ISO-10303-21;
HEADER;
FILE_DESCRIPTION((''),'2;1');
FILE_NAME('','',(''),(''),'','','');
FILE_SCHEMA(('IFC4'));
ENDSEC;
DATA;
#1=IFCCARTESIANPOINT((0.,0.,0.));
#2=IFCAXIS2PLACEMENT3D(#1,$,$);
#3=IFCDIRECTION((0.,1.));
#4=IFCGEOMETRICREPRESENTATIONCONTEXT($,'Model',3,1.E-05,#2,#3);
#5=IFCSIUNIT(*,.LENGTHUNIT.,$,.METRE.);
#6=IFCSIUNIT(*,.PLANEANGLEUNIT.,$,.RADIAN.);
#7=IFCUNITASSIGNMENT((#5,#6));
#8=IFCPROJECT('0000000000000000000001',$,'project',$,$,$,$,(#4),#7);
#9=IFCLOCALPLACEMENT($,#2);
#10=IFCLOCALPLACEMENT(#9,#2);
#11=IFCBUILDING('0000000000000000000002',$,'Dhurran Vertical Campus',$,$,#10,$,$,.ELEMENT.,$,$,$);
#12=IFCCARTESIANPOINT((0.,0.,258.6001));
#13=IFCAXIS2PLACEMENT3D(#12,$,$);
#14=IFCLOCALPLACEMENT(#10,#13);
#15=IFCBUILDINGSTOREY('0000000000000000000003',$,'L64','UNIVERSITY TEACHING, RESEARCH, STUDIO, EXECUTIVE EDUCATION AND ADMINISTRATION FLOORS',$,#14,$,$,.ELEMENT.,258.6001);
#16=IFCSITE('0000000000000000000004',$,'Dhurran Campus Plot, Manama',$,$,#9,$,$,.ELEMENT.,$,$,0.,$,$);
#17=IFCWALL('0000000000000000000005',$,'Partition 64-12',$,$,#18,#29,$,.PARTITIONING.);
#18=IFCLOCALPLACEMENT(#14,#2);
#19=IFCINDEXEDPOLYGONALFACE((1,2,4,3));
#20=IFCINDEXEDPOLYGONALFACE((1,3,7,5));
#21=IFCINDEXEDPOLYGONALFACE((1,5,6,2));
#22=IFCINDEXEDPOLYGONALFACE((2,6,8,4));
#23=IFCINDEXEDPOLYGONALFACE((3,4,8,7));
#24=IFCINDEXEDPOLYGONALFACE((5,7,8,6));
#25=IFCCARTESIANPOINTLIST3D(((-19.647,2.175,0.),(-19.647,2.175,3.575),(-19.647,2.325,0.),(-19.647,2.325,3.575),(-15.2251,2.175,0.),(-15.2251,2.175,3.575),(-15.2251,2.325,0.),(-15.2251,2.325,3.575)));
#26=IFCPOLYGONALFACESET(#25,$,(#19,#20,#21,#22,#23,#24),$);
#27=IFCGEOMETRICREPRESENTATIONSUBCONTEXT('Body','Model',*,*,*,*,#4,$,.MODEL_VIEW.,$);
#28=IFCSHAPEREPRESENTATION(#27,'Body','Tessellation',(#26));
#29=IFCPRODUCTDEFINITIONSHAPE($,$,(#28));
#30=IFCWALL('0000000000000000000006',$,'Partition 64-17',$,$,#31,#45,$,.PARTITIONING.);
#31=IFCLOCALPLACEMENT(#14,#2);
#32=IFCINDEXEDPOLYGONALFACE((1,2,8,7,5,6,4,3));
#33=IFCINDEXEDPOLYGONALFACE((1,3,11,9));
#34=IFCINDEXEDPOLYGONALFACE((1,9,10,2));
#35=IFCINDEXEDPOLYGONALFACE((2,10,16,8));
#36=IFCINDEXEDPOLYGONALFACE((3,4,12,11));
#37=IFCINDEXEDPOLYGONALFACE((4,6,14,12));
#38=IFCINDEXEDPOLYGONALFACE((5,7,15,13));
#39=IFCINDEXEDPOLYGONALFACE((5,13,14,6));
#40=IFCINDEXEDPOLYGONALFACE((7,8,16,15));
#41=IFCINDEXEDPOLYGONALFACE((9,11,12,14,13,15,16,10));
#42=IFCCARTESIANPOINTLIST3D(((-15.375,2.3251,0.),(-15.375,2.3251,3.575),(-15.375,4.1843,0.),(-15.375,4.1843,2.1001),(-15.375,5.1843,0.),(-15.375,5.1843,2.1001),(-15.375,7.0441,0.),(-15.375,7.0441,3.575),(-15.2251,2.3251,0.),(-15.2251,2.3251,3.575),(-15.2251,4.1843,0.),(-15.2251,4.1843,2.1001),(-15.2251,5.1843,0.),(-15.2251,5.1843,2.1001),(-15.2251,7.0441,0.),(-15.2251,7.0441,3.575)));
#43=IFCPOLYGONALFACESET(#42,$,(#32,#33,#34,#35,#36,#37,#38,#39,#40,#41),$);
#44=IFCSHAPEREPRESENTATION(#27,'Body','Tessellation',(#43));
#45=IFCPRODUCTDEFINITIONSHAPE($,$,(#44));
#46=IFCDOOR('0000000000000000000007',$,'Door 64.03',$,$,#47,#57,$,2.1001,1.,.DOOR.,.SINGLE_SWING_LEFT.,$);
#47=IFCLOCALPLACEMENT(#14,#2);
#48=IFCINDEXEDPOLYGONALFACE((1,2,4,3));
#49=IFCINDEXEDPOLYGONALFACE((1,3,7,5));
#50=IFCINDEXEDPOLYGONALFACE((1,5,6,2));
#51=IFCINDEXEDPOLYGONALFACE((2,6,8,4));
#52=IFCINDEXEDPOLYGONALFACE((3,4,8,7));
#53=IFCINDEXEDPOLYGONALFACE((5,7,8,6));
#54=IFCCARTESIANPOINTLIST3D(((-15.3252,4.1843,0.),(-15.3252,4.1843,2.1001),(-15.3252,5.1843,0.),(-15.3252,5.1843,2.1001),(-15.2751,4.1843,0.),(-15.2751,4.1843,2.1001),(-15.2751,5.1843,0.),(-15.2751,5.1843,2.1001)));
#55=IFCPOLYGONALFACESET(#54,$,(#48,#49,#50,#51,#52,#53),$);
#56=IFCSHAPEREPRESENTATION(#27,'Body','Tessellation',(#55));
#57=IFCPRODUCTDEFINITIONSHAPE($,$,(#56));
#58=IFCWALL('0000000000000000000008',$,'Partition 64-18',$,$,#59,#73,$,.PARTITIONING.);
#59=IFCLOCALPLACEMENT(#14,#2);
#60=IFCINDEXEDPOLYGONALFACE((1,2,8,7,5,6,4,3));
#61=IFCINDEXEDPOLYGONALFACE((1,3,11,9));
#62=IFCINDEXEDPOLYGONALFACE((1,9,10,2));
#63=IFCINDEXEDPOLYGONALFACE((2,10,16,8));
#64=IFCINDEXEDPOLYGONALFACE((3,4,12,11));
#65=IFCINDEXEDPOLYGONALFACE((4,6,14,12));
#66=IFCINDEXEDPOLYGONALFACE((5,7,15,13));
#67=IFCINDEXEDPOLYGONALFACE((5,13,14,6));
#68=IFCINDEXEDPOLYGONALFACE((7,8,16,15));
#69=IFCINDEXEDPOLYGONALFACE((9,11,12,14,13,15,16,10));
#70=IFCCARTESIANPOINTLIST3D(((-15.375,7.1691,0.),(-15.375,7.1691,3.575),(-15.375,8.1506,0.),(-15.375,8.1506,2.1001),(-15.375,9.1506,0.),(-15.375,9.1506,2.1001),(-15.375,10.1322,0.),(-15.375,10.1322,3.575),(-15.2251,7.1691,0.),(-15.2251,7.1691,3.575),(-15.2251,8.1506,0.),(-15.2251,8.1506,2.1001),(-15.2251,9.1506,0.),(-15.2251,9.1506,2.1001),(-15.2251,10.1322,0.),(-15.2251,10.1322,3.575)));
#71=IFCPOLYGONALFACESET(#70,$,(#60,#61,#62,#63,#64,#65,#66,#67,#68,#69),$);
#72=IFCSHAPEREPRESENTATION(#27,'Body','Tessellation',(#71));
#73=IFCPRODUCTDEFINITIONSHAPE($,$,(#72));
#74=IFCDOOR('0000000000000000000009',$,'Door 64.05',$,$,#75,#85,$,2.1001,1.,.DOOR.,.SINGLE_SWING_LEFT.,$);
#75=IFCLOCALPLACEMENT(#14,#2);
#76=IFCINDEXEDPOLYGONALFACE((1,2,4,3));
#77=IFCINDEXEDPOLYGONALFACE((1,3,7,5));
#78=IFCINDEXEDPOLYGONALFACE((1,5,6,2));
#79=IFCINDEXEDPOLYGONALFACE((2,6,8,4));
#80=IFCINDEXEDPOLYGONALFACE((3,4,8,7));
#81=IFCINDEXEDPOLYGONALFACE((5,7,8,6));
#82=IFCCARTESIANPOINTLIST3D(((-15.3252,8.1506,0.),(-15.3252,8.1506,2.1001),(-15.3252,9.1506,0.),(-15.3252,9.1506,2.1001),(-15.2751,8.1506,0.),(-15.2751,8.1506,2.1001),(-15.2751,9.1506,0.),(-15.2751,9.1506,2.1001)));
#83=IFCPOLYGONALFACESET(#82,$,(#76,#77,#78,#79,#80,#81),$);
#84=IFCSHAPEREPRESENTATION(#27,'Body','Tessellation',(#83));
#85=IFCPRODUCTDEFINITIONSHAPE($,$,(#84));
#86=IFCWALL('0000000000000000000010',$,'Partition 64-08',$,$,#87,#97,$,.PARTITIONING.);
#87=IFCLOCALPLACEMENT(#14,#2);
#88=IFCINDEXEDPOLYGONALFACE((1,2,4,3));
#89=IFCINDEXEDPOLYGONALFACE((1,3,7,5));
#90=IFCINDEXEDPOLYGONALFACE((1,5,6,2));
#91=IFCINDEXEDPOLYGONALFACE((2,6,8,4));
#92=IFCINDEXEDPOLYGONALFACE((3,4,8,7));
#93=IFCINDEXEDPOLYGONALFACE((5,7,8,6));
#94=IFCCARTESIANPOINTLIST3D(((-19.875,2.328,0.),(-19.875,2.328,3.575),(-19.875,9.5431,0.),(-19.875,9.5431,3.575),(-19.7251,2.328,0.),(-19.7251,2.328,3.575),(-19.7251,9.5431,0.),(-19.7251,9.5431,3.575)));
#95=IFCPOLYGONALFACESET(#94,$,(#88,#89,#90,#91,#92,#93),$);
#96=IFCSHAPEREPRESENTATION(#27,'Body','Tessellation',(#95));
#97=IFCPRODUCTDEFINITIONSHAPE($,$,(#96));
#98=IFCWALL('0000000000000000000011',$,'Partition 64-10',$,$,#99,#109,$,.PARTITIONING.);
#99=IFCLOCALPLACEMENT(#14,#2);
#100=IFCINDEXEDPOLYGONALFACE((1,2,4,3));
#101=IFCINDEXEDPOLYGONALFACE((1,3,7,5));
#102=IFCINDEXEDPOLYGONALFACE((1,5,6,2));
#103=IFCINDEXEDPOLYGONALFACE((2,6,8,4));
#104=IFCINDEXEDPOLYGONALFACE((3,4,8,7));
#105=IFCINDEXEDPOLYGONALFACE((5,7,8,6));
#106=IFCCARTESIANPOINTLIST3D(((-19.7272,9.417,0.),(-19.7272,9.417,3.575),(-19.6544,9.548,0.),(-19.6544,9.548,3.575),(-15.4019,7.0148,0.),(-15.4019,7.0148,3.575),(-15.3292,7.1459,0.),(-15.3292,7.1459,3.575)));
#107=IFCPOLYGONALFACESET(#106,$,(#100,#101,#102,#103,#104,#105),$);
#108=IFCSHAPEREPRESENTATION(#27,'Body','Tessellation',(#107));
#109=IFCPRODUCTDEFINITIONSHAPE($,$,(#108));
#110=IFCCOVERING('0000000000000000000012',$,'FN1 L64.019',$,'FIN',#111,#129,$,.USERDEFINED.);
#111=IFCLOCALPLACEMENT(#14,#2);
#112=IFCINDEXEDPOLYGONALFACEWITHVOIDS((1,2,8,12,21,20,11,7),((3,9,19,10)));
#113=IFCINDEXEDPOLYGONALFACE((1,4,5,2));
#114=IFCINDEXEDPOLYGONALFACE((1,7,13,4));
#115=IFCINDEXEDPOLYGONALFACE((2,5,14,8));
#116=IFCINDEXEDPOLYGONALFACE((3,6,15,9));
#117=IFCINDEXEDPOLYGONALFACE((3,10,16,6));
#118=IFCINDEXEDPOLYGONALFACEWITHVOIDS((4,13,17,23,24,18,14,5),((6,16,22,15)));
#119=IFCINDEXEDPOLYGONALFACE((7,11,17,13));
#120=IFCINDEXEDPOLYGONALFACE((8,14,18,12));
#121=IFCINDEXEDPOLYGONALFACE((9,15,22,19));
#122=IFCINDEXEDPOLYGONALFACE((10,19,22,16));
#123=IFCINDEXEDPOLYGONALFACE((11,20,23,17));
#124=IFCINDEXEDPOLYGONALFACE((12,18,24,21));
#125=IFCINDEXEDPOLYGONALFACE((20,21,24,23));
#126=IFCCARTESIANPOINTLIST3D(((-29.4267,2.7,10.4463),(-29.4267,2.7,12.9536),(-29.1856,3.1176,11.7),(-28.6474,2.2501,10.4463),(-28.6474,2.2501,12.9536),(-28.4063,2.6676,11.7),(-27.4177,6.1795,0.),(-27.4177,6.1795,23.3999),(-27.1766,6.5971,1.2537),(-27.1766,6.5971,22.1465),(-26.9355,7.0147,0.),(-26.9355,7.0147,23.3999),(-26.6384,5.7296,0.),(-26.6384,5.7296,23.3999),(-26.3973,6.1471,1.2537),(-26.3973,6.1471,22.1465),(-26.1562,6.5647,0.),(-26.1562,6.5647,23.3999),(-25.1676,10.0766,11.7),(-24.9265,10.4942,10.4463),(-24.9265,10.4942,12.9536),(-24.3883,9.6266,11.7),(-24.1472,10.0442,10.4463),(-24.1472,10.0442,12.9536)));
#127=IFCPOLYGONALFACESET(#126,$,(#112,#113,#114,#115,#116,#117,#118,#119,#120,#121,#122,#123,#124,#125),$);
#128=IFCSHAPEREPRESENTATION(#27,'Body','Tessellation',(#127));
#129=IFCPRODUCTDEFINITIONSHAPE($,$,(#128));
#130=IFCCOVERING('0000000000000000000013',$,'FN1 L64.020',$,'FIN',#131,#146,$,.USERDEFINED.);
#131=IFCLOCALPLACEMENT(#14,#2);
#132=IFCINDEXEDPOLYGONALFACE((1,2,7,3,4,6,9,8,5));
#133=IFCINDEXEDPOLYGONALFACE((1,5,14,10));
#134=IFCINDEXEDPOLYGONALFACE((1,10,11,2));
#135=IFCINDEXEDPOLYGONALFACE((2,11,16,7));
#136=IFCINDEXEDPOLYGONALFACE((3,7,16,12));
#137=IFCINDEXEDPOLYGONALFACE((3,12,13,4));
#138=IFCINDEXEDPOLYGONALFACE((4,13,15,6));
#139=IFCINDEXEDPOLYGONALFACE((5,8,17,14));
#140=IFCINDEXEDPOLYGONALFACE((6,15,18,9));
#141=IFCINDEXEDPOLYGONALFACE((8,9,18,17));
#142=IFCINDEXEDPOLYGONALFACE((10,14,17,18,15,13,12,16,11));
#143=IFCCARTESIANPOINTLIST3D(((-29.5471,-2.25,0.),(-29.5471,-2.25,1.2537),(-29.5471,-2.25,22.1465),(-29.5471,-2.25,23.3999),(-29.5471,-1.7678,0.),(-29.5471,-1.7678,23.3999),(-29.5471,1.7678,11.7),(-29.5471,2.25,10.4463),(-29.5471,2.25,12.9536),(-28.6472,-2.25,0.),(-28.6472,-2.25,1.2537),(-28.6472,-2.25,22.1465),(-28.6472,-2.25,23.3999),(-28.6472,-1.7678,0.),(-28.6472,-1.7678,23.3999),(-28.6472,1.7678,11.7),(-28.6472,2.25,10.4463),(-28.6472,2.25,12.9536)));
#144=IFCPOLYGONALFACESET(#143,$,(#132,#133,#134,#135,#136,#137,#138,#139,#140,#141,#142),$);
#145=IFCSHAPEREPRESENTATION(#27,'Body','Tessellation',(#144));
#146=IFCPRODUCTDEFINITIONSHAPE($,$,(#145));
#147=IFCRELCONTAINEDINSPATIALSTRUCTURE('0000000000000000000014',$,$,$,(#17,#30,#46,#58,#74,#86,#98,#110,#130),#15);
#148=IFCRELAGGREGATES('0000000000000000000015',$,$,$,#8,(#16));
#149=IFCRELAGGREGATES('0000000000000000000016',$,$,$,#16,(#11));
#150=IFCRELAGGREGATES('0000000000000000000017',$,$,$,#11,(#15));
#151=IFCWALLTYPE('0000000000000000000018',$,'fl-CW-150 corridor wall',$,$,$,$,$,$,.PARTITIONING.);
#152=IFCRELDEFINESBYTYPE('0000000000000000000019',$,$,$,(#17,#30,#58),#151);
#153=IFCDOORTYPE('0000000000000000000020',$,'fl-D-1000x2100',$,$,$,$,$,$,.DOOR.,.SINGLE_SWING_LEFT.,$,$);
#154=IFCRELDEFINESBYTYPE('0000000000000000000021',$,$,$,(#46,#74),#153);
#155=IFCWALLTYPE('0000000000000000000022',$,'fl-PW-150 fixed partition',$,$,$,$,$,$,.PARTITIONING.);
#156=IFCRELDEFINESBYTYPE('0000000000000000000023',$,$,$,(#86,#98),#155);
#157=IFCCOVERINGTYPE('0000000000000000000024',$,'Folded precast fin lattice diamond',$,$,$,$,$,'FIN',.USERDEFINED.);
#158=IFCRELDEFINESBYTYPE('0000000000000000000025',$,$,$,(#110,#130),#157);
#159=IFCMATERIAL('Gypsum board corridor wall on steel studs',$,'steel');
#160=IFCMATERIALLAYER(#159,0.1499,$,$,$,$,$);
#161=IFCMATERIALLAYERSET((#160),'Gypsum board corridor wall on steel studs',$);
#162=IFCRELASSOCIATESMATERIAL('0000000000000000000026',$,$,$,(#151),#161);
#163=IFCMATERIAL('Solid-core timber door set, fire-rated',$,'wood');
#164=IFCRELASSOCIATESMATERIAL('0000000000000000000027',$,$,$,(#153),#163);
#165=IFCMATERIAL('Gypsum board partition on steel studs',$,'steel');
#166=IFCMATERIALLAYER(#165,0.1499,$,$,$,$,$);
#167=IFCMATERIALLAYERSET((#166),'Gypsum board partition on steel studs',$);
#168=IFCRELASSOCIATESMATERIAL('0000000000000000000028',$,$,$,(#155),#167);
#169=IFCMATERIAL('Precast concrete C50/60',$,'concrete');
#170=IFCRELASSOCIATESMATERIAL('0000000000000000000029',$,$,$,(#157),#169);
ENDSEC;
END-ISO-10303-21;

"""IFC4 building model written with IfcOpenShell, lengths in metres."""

from ifc_helpers import new_model, si_unit, direction, frame, frame_2d, origin, place, context, subcontext, project, spatial, polyline, rectangle, outline, extrude, material, layer, layer_set, type_object, element, fill, save


model = new_model("IFC4")

# Units and contexts
model_context = context("Model", 3, precision=1e-05, world=origin(), true_north=direction((0.0, 1.0)))
body_context = subcontext(model_context, "Body", "Model", "MODEL_VIEW")
ifc_project = project(units=[si_unit("LENGTHUNIT", "METRE"), si_unit("PLANEANGLEUNIT", "RADIAN")], contexts=[model_context])

# Site, building, storey
site_placement = place(None, origin())
site = spatial("IfcSite", under=ifc_project, at=site_placement, Name="Dhurran Campus Plot, Manama", CompositionType="ELEMENT", RefElevation=0.0)
building_placement = place(site_placement, origin())
building = spatial("IfcBuilding", under=site, at=building_placement, Name="Dhurran Vertical Campus", CompositionType="ELEMENT")
storey_placement = place(building_placement, frame((0.0, 0.0, 258.6001)))
storey = spatial("IfcBuildingStorey", under=building, at=storey_placement, Name="L64", Description="UNIVERSITY TEACHING, RESEARCH, STUDIO, EXECUTIVE EDUCATION AND ADMINISTRATION FLOORS", CompositionType="ELEMENT", Elevation=258.6001)

# Shared definitions
ifc_material_1 = material(Name="Gypsum board corridor wall on steel studs", Category="steel")
ifc_layer_1 = layer(ifc_material_1, 0.1499)
ifc_layer_set_1 = layer_set([ifc_layer_1], Name="Gypsum board corridor wall on steel studs")
wall_type_1 = type_object("IfcWallType", Name="fl-CW-150 corridor wall", PredefinedType="PARTITIONING", material=ifc_layer_set_1)
ifc_material_2 = material(Name="Solid-core timber door set, fire-rated", Category="wood")
door_type = type_object("IfcDoorType", Name="fl-D-1000x2100", OperationType="SINGLE_SWING_LEFT", PredefinedType="DOOR", material=ifc_material_2)

# Wall
wall_1_placement = place(storey_placement, frame((-19.647, 2.25, 0.0), z_axis=(0.0, 0.0, 1.0), x_axis=(1.0, 0.0, 0.0)))
element("IfcWall", 1, at=wall_1_placement, inside=storey, type_object=wall_type_1, Name="Partition 64-12", PredefinedType="PARTITIONING", context=body_context, shape_type="SweptSolid", body=[
    extrude(rectangle(XDim=4.4219, YDim=0.1499, at=frame_2d((2.2109, 0.0))), origin(), (0.0, 0.0, 1.0), 3.575),
])

# Walls, openings, doors
wall_2_placement = place(storey_placement, frame((-15.3, 7.0439, 0.0), z_axis=(0.0, 0.0, 1.0), x_axis=(0.0, -1.0, 0.0)))
wall_2 = element("IfcWall", 2, at=wall_2_placement, inside=storey, type_object=wall_type_1, Name="Partition 64-17", PredefinedType="PARTITIONING", context=body_context, shape_type="SweptSolid", body=[
    extrude(rectangle(XDim=4.719, YDim=0.1499, at=frame_2d((2.3594, 0.0))), origin(), (0.0, 0.0, 1.0), 3.575),
])
opening_1_placement = place(wall_2_placement, frame((1.8596, 0.0, 0.0)))
opening_1 = element("IfcOpeningElement", 3, at=opening_1_placement, cuts=wall_2, PredefinedType="OPENING", context=body_context, shape_type="SweptSolid", body=[
    extrude(rectangle(XDim=1.0, YDim=2.1001, at=frame_2d((0.5, 1.05))), frame((0.0, 0.085, 0.0), z_axis=(0.0, -1.0, 0.0), x_axis=(1.0, 0.0, 0.0)), (0.0, 0.0, 1.0), 0.1699),
])
door_1_placement = place(opening_1_placement, origin())
door_1 = element("IfcDoor", 4, at=door_1_placement, inside=storey, type_object=door_type, Name="Door 64.03", OperationType="SINGLE_SWING_LEFT", OverallHeight=2.1001, OverallWidth=1.0, PredefinedType="DOOR", context=body_context, shape_type="SweptSolid", body=[
    extrude(rectangle(XDim=1.0, YDim=2.1001, at=frame_2d((0.5, 1.05))), frame((0.0, 0.0249, 0.0), z_axis=(0.0, -1.0, 0.0), x_axis=(1.0, 0.0, 0.0)), (0.0, 0.0, 1.0), 0.05),
])
fill(opening_1, door_1)
wall_3_placement = place(storey_placement, frame((-15.3, 10.1321, 0.0), z_axis=(0.0, 0.0, 1.0), x_axis=(0.0, -1.0, 0.0)))
wall_3 = element("IfcWall", 5, at=wall_3_placement, inside=storey, type_object=wall_type_1, Name="Partition 64-18", PredefinedType="PARTITIONING", context=body_context, shape_type="SweptSolid", body=[
    extrude(rectangle(XDim=2.9631, YDim=0.1499, at=frame_2d((1.4814, 0.0))), origin(), (0.0, 0.0, 1.0), 3.575),
])
opening_2_placement = place(wall_3_placement, frame((0.9814, 0.0, 0.0)))
opening_2 = element("IfcOpeningElement", 6, at=opening_2_placement, cuts=wall_3, PredefinedType="OPENING", context=body_context, shape_type="SweptSolid", body=[
    extrude(rectangle(XDim=1.0, YDim=2.1001, at=frame_2d((0.5, 1.05))), frame((0.0, 0.085, 0.0), z_axis=(0.0, -1.0, 0.0), x_axis=(1.0, 0.0, 0.0)), (0.0, 0.0, 1.0), 0.1699),
])
door_2_placement = place(opening_2_placement, origin())
door_2 = element("IfcDoor", 7, at=door_2_placement, inside=storey, type_object=door_type, Name="Door 64.05", OperationType="SINGLE_SWING_LEFT", OverallHeight=2.1001, OverallWidth=1.0, PredefinedType="DOOR", context=body_context, shape_type="SweptSolid", body=[
    extrude(rectangle(XDim=1.0, YDim=2.1001, at=frame_2d((0.5, 1.05))), frame((0.0, 0.0249, 0.0), z_axis=(0.0, -1.0, 0.0), x_axis=(1.0, 0.0, 0.0)), (0.0, 0.0, 1.0), 0.05),
])
fill(opening_2, door_2)

# Walls
ifc_material_3 = material(Name="Gypsum board partition on steel studs", Category="steel")
ifc_layer_2 = layer(ifc_material_3, 0.1499)
ifc_layer_set_2 = layer_set([ifc_layer_2], Name="Gypsum board partition on steel studs")
wall_type_2 = type_object("IfcWallType", Name="fl-PW-150 fixed partition", PredefinedType="PARTITIONING", material=ifc_layer_set_2)
wall_4_placement = place(storey_placement, frame((-19.8, 9.543, 0.0), z_axis=(0.0, 0.0, 1.0), x_axis=(0.0, -1.0, 0.0)))
element("IfcWall", 8, at=wall_4_placement, inside=storey, type_object=wall_type_2, Name="Partition 64-08", PredefinedType="PARTITIONING", context=body_context, shape_type="SweptSolid", body=[
    extrude(rectangle(XDim=7.2151, YDim=0.1499, at=frame_2d((3.6074, 0.0))), origin(), (0.0, 0.0, 1.0), 3.575),
])
wall_5_placement = place(storey_placement, frame((-19.6907, 9.4824, 0.0), z_axis=(0.0, 0.0, 1.0), x_axis=(0.874225, -0.485521, 0.0)))
element("IfcWall", 9, at=wall_5_placement, inside=storey, type_object=wall_type_2, Name="Partition 64-10", PredefinedType="PARTITIONING", context=body_context, shape_type="SweptSolid", body=[
    extrude(rectangle(XDim=4.9475, YDim=0.1499, at=frame_2d((2.4736, 0.0))), origin(), (0.0, 0.0, 1.0), 3.575),
])

# Coverings
ifc_material_4 = material(Name="Precast concrete C50/60", Category="concrete")
covering_type = type_object("IfcCoveringType", Name="Folded precast fin lattice diamond", ElementType="FIN", PredefinedType="USERDEFINED", material=ifc_material_4)
covering_1_placement = place(storey_placement, frame((-24.1472, 10.0442, 0.0), z_axis=(-0.866014, 0.50002, 0.0), x_axis=(-0.50002, -0.866014, 0.0)))
element("IfcCovering", 10, at=covering_1_placement, inside=storey, type_object=covering_type, Name="FN1 L64.019", ObjectType="FIN", PredefinedType="USERDEFINED", context=body_context, shape_type="SweptSolid", body=[
    extrude(outline(polyline([(9.0, 12.9536), (9.0, 10.4463), (4.9822, 0.0), (4.0178, 0.0), (0.0, 10.4463), (0.0, 12.9536), (4.0178, 23.3999), (4.9822, 23.3999), (9.0, 12.9536)]), holes=[polyline([(8.5178, 11.7), (4.5, 22.1465), (0.4822, 11.7), (4.5, 1.2537), (8.5178, 11.7)])]), origin(), (0.0, 0.0, 1.0), 0.8999),
])
covering_2_placement = place(storey_placement, frame((-28.6472, 2.25, 0.0), z_axis=(-1.0, 0.0, 0.0), x_axis=(0.0, -1.0, 0.0)))
element("IfcCovering", 11, at=covering_2_placement, inside=storey, type_object=covering_type, Name="FN1 L64.020", ObjectType="FIN", PredefinedType="USERDEFINED", context=body_context, shape_type="SweptSolid", body=[
    extrude(outline(polyline([(4.0178, 0.0), (0.0, 10.4463), (0.0, 12.9536), (4.0178, 23.3999), (4.5, 23.3999), (4.5, 22.1465), (0.4822, 11.7), (4.5, 1.2537), (4.5, 0.0), (4.0178, 0.0)])), origin(), (0.0, 0.0, 1.0), 0.8999),
])

save(model, "model.ifc")
